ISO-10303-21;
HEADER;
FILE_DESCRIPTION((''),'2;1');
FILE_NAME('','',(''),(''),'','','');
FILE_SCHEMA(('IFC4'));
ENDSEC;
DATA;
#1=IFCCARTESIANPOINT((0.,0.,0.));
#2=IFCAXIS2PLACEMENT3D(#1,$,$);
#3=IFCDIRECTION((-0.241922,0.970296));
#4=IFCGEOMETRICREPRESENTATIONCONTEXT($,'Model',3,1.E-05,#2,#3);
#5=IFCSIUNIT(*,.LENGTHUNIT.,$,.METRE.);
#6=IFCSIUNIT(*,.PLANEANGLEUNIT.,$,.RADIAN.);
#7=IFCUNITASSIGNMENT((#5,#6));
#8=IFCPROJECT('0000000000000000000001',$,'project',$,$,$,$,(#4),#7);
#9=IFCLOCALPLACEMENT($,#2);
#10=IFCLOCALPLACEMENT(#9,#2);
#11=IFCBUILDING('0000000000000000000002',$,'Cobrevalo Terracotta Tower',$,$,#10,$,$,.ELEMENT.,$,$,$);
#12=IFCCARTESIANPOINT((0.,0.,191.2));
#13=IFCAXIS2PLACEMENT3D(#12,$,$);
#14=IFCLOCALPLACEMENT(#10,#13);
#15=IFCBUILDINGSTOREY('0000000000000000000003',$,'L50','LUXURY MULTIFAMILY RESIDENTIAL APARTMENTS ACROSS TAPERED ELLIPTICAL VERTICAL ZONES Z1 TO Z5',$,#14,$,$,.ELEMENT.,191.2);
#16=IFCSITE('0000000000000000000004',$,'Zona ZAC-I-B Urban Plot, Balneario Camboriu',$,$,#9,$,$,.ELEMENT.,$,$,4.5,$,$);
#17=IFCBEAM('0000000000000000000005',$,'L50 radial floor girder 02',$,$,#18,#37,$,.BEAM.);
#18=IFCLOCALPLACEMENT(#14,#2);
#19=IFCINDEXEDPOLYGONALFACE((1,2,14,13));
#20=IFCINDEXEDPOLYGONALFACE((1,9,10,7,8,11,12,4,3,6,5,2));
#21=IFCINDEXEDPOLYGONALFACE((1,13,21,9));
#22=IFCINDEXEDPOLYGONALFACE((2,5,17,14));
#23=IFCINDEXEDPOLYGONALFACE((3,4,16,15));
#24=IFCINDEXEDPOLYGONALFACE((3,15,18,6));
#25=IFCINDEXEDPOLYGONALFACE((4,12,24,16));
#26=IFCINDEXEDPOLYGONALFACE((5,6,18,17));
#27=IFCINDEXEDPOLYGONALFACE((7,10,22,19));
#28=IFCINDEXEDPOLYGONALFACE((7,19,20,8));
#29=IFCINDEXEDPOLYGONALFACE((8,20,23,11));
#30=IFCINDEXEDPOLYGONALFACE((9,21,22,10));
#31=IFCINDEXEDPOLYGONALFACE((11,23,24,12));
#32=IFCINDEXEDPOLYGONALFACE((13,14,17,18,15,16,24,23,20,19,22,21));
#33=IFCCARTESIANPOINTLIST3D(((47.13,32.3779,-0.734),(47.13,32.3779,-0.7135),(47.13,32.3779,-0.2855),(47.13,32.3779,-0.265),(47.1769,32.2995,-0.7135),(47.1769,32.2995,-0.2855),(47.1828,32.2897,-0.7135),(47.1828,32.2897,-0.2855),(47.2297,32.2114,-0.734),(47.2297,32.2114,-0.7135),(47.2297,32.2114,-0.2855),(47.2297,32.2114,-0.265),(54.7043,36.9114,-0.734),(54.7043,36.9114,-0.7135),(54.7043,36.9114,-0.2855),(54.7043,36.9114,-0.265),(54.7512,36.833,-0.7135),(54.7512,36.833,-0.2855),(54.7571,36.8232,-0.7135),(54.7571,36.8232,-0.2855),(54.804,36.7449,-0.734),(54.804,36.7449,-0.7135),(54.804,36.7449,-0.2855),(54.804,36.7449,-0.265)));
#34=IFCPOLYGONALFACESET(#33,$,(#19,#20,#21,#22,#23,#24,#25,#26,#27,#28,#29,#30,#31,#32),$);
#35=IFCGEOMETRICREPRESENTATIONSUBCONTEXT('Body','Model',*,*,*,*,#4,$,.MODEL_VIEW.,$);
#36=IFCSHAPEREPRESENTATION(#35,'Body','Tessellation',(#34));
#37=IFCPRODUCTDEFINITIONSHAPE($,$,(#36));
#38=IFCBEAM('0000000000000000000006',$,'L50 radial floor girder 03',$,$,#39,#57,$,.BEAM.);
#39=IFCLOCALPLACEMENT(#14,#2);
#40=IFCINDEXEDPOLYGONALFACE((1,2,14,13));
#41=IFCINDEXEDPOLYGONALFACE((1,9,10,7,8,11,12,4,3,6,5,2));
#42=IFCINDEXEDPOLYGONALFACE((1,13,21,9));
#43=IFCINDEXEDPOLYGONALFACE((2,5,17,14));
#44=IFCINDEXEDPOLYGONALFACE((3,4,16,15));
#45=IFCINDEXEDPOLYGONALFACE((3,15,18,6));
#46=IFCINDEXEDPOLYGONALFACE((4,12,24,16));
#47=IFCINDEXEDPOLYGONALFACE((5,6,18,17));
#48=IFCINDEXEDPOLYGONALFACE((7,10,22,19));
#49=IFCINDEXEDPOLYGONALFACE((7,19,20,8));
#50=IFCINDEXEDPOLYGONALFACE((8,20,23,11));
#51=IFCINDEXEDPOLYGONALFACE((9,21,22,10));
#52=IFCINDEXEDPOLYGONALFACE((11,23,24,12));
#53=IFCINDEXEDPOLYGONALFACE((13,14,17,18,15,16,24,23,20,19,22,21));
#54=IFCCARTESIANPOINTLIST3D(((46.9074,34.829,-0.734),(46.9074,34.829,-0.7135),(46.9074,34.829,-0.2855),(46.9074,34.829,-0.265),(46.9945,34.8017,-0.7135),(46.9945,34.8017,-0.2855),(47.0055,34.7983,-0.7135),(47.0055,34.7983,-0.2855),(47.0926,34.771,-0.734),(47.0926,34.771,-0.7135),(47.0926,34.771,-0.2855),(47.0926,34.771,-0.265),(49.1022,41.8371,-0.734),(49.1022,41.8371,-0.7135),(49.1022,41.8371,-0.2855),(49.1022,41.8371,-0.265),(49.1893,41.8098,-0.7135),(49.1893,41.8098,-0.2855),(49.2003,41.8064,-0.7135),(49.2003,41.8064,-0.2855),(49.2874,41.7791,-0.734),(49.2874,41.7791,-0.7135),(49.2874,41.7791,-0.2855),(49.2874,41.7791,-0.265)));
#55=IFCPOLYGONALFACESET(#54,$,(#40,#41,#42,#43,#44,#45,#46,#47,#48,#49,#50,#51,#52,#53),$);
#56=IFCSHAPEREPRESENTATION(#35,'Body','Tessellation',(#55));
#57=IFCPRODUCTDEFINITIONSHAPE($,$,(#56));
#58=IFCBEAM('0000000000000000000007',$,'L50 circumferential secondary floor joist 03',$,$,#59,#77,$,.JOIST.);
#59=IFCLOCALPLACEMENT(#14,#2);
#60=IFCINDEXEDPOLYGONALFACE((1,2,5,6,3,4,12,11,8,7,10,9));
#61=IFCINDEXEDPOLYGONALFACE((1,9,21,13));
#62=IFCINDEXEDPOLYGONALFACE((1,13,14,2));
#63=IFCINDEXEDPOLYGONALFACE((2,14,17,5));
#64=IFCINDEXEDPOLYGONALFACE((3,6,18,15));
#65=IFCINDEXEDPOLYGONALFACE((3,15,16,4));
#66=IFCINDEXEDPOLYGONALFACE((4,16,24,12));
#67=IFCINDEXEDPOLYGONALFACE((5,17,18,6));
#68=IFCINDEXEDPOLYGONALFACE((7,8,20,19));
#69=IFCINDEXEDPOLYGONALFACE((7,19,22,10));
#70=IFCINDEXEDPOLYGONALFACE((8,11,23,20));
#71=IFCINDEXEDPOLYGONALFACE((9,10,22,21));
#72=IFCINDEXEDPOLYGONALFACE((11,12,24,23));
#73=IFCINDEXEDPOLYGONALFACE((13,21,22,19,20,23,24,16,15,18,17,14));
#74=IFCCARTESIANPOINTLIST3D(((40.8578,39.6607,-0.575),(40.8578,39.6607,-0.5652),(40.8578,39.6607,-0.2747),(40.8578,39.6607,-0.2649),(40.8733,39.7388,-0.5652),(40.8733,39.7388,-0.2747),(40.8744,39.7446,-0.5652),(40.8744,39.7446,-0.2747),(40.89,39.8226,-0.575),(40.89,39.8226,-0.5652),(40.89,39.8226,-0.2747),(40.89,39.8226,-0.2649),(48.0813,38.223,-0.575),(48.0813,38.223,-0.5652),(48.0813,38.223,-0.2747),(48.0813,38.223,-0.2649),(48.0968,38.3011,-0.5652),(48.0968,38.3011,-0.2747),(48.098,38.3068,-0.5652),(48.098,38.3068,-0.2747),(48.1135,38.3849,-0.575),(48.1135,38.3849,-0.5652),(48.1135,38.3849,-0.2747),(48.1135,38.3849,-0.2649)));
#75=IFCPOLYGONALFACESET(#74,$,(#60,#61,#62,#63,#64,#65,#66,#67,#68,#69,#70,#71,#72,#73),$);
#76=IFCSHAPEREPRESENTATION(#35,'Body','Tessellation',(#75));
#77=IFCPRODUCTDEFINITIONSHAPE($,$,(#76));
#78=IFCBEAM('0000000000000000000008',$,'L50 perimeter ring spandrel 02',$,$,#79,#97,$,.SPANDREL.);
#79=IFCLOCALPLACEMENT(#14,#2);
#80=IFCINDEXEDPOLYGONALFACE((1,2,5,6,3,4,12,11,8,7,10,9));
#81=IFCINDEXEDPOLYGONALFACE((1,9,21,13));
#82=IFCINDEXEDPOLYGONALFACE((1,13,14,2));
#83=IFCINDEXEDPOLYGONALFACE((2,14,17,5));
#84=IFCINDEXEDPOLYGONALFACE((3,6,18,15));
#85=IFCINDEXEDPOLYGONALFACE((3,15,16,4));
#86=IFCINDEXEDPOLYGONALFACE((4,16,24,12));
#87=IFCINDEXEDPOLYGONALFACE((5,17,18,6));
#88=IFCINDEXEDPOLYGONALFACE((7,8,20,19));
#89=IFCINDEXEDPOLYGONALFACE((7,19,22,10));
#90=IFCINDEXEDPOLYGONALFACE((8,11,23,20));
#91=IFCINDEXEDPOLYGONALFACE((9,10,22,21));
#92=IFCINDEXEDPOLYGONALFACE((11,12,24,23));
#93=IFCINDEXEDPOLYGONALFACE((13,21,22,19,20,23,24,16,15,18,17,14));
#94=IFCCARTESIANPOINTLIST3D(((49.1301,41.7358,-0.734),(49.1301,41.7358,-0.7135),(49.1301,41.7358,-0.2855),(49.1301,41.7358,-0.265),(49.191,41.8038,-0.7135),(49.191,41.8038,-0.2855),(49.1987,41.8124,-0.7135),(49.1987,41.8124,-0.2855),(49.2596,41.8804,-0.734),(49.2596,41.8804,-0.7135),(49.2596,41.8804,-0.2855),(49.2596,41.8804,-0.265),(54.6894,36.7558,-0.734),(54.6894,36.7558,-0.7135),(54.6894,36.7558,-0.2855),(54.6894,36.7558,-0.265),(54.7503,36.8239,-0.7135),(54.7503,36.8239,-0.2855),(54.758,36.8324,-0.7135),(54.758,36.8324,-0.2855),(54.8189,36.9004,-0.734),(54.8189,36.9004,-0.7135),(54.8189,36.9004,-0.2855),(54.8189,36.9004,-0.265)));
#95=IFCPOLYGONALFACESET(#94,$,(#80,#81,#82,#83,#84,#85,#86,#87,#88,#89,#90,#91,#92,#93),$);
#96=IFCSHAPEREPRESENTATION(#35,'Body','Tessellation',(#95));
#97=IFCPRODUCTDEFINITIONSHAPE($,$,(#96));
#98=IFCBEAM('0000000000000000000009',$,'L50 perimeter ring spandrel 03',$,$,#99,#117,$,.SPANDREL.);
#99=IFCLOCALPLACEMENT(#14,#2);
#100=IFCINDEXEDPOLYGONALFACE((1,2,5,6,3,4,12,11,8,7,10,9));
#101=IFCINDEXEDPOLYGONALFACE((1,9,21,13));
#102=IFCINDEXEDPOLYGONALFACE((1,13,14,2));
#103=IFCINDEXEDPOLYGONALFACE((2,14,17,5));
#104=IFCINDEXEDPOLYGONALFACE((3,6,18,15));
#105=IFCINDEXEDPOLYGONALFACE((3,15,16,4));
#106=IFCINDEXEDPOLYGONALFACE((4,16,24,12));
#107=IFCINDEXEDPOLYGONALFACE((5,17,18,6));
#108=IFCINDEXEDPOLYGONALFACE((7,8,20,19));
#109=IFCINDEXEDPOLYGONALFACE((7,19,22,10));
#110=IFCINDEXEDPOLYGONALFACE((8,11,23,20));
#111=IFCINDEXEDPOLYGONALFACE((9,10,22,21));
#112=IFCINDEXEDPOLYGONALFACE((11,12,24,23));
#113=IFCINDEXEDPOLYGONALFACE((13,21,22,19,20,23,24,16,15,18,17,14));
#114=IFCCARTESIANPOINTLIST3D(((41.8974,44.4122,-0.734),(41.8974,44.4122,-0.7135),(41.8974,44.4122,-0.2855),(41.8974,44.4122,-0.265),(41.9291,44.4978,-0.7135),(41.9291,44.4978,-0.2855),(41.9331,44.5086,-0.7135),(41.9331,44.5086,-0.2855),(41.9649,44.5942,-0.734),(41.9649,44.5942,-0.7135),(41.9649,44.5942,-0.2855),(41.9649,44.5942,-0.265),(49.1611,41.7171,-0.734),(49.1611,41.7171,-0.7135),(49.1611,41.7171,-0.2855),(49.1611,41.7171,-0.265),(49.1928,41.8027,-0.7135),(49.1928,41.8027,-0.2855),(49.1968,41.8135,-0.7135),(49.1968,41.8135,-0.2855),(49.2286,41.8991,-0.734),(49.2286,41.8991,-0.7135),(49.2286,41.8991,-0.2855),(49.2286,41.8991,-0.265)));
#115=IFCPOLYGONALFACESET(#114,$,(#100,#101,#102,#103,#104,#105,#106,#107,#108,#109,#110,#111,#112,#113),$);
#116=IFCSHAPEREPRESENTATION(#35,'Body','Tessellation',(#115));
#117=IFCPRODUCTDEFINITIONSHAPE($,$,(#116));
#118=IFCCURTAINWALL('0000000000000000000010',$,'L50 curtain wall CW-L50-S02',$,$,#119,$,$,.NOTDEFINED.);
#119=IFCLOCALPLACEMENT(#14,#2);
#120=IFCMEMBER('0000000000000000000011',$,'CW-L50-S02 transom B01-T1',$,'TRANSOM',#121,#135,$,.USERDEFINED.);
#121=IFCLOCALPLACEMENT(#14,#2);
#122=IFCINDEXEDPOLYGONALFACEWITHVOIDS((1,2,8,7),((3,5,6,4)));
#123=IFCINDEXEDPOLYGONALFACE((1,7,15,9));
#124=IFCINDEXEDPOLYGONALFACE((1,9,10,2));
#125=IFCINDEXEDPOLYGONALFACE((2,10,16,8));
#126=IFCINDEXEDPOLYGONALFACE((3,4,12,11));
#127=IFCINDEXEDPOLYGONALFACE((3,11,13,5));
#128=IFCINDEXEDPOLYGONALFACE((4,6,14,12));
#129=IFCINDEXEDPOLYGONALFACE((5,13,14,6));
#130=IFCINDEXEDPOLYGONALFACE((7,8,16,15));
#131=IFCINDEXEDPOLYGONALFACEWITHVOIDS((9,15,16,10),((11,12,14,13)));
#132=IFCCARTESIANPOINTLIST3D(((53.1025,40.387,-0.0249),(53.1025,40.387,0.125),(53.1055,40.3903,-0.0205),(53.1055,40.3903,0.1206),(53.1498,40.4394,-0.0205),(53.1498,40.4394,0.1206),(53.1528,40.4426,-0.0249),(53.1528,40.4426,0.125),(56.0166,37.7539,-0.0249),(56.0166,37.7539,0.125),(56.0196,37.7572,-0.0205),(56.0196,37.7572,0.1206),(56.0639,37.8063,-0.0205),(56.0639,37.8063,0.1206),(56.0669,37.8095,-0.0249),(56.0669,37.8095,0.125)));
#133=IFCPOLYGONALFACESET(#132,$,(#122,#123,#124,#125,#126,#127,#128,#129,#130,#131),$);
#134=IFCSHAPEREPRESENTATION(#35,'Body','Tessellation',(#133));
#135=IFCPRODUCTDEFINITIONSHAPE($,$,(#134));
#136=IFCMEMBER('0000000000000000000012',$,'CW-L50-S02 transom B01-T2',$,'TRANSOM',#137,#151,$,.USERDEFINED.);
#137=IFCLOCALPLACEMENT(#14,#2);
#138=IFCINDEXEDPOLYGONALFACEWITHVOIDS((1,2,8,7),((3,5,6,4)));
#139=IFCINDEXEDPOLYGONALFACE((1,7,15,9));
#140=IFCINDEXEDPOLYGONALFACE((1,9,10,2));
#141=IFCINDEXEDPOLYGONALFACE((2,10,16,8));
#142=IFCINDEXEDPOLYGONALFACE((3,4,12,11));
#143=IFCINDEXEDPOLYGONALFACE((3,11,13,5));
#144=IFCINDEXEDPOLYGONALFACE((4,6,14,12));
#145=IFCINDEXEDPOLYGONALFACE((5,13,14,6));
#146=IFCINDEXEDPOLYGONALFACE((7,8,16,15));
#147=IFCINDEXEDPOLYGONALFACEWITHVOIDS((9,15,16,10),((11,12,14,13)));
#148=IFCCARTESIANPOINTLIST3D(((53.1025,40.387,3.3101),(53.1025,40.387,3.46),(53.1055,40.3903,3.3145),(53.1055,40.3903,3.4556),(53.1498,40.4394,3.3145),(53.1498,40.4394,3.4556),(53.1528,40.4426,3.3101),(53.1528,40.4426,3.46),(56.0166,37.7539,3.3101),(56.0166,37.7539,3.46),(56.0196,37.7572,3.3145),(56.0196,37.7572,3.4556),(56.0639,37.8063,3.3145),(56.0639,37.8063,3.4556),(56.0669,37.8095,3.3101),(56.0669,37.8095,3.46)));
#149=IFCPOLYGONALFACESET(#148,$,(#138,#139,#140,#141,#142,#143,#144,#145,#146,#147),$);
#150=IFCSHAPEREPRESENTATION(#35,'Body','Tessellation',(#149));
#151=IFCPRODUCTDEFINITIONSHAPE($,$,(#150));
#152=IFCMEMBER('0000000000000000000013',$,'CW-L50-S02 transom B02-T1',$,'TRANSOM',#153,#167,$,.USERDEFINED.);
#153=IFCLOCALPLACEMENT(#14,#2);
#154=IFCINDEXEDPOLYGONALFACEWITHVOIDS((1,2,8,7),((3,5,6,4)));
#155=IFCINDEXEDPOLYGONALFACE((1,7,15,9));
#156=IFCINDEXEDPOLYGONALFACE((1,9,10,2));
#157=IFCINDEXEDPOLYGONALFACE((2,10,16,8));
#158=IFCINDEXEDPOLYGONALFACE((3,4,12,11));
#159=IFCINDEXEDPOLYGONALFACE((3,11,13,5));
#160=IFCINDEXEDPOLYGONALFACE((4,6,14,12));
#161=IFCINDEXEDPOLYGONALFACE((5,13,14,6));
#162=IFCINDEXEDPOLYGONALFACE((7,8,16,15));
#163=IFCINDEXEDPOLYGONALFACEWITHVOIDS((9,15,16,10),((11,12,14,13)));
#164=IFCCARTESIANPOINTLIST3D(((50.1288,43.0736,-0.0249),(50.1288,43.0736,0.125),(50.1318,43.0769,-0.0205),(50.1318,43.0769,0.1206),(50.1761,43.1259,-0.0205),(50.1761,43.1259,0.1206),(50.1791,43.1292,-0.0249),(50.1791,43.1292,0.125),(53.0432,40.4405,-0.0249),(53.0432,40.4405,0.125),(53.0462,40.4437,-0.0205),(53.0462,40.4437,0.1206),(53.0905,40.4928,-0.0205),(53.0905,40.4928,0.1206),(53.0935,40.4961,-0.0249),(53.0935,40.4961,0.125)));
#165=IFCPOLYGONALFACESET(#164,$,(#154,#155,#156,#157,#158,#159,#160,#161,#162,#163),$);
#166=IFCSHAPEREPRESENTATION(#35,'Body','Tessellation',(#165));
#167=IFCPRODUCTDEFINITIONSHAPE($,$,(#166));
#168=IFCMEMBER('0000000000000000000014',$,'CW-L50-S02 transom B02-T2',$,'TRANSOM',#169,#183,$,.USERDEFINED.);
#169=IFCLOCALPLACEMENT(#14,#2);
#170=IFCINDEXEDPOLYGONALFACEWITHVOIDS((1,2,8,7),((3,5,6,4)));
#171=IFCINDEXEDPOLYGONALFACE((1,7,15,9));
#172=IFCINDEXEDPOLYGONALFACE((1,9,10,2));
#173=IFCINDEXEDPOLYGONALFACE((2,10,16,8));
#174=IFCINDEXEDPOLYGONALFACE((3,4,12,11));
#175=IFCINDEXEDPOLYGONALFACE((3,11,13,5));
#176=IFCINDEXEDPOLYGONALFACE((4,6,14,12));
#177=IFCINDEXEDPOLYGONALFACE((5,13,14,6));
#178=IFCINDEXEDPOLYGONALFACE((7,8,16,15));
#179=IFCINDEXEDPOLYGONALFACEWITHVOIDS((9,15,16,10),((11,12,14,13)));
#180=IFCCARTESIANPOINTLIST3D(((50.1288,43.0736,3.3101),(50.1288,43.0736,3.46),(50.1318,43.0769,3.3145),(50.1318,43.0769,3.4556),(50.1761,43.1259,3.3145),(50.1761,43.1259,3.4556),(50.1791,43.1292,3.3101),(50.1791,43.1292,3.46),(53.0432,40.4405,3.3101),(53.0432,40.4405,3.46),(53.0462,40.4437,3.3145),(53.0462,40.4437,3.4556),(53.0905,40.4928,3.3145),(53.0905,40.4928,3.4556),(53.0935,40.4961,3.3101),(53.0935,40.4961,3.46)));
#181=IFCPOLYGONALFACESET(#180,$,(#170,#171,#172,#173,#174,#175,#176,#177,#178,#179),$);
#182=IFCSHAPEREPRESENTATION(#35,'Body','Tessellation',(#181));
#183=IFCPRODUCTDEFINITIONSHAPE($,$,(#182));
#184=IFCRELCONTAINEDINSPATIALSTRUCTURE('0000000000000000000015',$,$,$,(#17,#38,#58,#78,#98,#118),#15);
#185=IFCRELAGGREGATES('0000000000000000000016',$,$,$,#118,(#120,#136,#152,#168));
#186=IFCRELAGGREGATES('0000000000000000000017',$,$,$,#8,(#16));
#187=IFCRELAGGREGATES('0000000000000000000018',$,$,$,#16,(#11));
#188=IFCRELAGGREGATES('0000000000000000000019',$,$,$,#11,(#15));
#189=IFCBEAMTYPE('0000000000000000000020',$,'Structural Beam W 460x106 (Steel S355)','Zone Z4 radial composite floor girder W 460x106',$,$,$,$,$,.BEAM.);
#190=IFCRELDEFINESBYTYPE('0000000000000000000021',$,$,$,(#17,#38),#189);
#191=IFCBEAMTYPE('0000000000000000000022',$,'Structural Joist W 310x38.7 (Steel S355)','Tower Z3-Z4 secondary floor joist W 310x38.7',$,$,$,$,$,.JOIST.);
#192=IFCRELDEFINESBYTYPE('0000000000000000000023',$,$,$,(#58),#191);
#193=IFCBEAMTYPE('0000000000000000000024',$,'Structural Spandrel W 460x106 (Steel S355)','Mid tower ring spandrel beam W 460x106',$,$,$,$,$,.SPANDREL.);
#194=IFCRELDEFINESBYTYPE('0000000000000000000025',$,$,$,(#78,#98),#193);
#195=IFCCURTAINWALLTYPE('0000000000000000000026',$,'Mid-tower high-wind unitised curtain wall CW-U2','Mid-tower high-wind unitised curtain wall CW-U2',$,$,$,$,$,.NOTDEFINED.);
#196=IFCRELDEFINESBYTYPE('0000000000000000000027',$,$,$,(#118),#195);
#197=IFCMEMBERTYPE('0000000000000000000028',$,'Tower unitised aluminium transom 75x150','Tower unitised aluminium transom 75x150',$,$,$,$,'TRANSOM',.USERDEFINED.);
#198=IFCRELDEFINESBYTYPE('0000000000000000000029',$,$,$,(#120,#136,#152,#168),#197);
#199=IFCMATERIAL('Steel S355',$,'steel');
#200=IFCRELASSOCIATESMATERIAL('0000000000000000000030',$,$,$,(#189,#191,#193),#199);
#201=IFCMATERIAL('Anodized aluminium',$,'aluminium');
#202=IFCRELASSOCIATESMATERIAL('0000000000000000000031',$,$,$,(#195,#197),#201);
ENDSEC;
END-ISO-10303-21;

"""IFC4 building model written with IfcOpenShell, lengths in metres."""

from ifc_helpers import new_model, si_unit, direction, frame, origin, origin_2d, place, context, subcontext, project, spatial, hollow_rectangle, i_section, extrude, source, transform, mapped, material, material_profile, profile_set, type_object, element, aggregate, save


model = new_model("IFC4")

# Units and contexts
model_context = context("Model", 3, precision=1e-05, world=origin(), true_north=direction((-0.241922, 0.970296)))
body_context = subcontext(model_context, "Body", "Model", "MODEL_VIEW")
ifc_project = project(units=[si_unit("LENGTHUNIT", "METRE"), si_unit("PLANEANGLEUNIT", "RADIAN")], contexts=[model_context])

# Site, building, storey
site_placement = place(None, origin())
site = spatial("IfcSite", under=ifc_project, at=site_placement, Name="Zona ZAC-I-B Urban Plot, Balneario Camboriu", CompositionType="ELEMENT", RefElevation=4.5)
building_placement = place(site_placement, origin())
building = spatial("IfcBuilding", under=site, at=building_placement, Name="Cobrevalo Terracotta Tower", CompositionType="ELEMENT")
storey_placement = place(building_placement, frame((0.0, 0.0, 191.2)))
storey = spatial("IfcBuildingStorey", under=building, at=storey_placement, Name="L50", Description="LUXURY MULTIFAMILY RESIDENTIAL APARTMENTS ACROSS TAPERED ELLIPTICAL VERTICAL ZONES Z1 TO Z5", CompositionType="ELEMENT", Elevation=191.2)

# Shared definitions
ifc_material_1 = material(Name="Steel S355", Category="steel")

# Beams
ifc_material_profile_1 = material_profile(ifc_material_1, i_section(OverallWidth=0.1941, OverallDepth=0.469, WebThickness=0.0115, FlangeThickness=0.0205, at=origin_2d()), Name="W 460x106")
ifc_profile_set_1 = profile_set([ifc_material_profile_1], Name="Steel S355")
beam_type_1 = type_object("IfcBeamType", Name="Structural Beam W 460x106 (Steel S355)", Description="Zone Z4 radial composite floor girder W 460x106", PredefinedType="BEAM", material=ifc_profile_set_1)
beam_1_placement = place(storey_placement, frame((54.7542, 36.8281, -0.4995), z_axis=(-0.858046, -0.513572, 0.0), x_axis=(0.513572, -0.858046, 0.0)))
element("IfcBeam", 1, at=beam_1_placement, inside=storey, type_object=beam_type_1, Name="L50 radial floor girder 02", PredefinedType="BEAM", context=body_context, shape_type="SweptSolid", body=[
    extrude(i_section(OverallWidth=0.1941, OverallDepth=0.469, WebThickness=0.0115, FlangeThickness=0.0205, at=origin_2d()), origin(), (0.0, 0.0, 1.0), 8.8274),
])
beam_2_placement = place(storey_placement, frame((49.1948, 41.8081, -0.4995), z_axis=(-0.298871, -0.954293, 0.0), x_axis=(0.954293, -0.298871, 0.0)))
element("IfcBeam", 2, at=beam_2_placement, inside=storey, type_object=beam_type_1, Name="L50 radial floor girder 03", PredefinedType="BEAM", context=body_context, shape_type="SweptSolid", body=[
    extrude(i_section(OverallWidth=0.1941, OverallDepth=0.469, WebThickness=0.0115, FlangeThickness=0.0205, at=origin_2d()), origin(), (0.0, 0.0, 1.0), 7.3438),
])
ifc_material_profile_2 = material_profile(ifc_material_1, i_section(OverallWidth=0.165, OverallDepth=0.3101, WebThickness=0.0059, FlangeThickness=0.0098, at=origin_2d()), Name="W 310x38.7")
ifc_profile_set_2 = profile_set([ifc_material_profile_2], Name="Steel S355")
beam_type_2 = type_object("IfcBeamType", Name="Structural Joist W 310x38.7 (Steel S355)", Description="Tower Z3-Z4 secondary floor joist W 310x38.7", PredefinedType="JOIST", material=ifc_profile_set_2)
beam_3_placement = place(storey_placement, frame((48.0974, 38.304, -0.4199), z_axis=(-0.980763, 0.195204, 0.0), x_axis=(-0.195204, -0.980763, 0.0)))
element("IfcBeam", 3, at=beam_3_placement, inside=storey, type_object=beam_type_2, Name="L50 circumferential secondary floor joist 03", PredefinedType="JOIST", context=body_context, shape_type="SweptSolid", body=[
    extrude(i_section(OverallWidth=0.165, OverallDepth=0.3101, WebThickness=0.0059, FlangeThickness=0.0098, at=origin_2d()), origin(), (0.0, 0.0, 1.0), 7.3652),
])
ifc_material_profile_3 = material_profile(ifc_material_1, i_section(OverallWidth=0.1941, OverallDepth=0.469, WebThickness=0.0115, FlangeThickness=0.0205, at=origin_2d()), Name="W 460x106")
ifc_profile_set_3 = profile_set([ifc_material_profile_3], Name="Steel S355")
beam_type_3 = type_object("IfcBeamType", Name="Structural Spandrel W 460x106 (Steel S355)", Description="Mid tower ring spandrel beam W 460x106", PredefinedType="SPANDREL", material=ifc_profile_set_3)
beam_4_placement = place(storey_placement, frame((54.7542, 36.8281, -0.4995), z_axis=(-0.744852, 0.66723, 0.0), x_axis=(-0.66723, -0.744852, 0.0)))
element("IfcBeam", 4, at=beam_4_placement, inside=storey, type_object=beam_type_3, Name="L50 perimeter ring spandrel 02", PredefinedType="SPANDREL", context=body_context, shape_type="SweptSolid", body=[
    extrude(i_section(OverallWidth=0.1941, OverallDepth=0.469, WebThickness=0.0115, FlangeThickness=0.0205, at=origin_2d()), origin(), (0.0, 0.0, 1.0), 7.4636),
])
beam_5_placement = place(storey_placement, frame((49.1948, 41.8081, -0.4995), z_axis=(-0.937546, 0.347861, 0.0), x_axis=(-0.347861, -0.937546, 0.0)))
element("IfcBeam", 5, at=beam_5_placement, inside=storey, type_object=beam_type_3, Name="L50 perimeter ring spandrel 03", PredefinedType="SPANDREL", context=body_context, shape_type="SweptSolid", body=[
    extrude(i_section(OverallWidth=0.1941, OverallDepth=0.469, WebThickness=0.0115, FlangeThickness=0.0205, at=origin_2d()), origin(), (0.0, 0.0, 1.0), 7.7476),
])

# Curtain wall, members
ifc_material_2 = material(Name="Anodized aluminium", Category="aluminium")
curtain_wall_type = type_object("IfcCurtainWallType", Name="Mid-tower high-wind unitised curtain wall CW-U2", Description="Mid-tower high-wind unitised curtain wall CW-U2", PredefinedType="NOTDEFINED", material=ifc_material_2)
curtain_wall_placement = place(storey_placement, origin())
curtain_wall = element("IfcCurtainWall", 6, at=curtain_wall_placement, inside=storey, type_object=curtain_wall_type, Name="L50 curtain wall CW-L50-S02", PredefinedType="NOTDEFINED")
ifc_material_profile_4 = material_profile(ifc_material_2, hollow_rectangle(XDim=0.075, YDim=0.1499, WallThickness=0.0044, at=origin_2d()), Name="CWT 75x150")
ifc_profile_set_4 = profile_set([ifc_material_profile_4], Name="Anodized aluminium")
member_type_1 = type_object("IfcMemberType", Name="Tower unitised aluminium transom 75x150", Description="Tower unitised aluminium transom 75x150", ElementType="TRANSOM", PredefinedType="USERDEFINED", material=ifc_profile_set_4)
shared_shape_1 = source(origin(), body_context, "Body", "SweptSolid", [
    extrude(hollow_rectangle(XDim=0.075, YDim=0.1499, WallThickness=0.0044, at=origin_2d()), origin(), (0.0, 0.0, 1.0), 3.9275),
])
member_1_placement = place(storey_placement, frame((56.0417, 37.7817, 0.05), z_axis=(-0.741976, 0.670426, 0.0), x_axis=(-0.670426, -0.741976, 0.0)))
member_1 = element("IfcMember", 7, at=member_1_placement, type_object=member_type_1, Name="CW-L50-S02 transom B01-T1", ObjectType="TRANSOM", PredefinedType="USERDEFINED", context=body_context, shape_type="MappedRepresentation", body=[
    mapped(shared_shape_1, transform((0.0, 0.0, 0.0), scale=1.0)),
])
member_2_placement = place(storey_placement, frame((56.0417, 37.7817, 3.385), z_axis=(-0.741976, 0.670426, 0.0), x_axis=(-0.670426, -0.741976, 0.0)))
member_2 = element("IfcMember", 8, at=member_2_placement, type_object=member_type_1, Name="CW-L50-S02 transom B01-T2", ObjectType="TRANSOM", PredefinedType="USERDEFINED", context=body_context, shape_type="MappedRepresentation", body=[
    mapped(shared_shape_1, transform((0.0, 0.0, 0.0), scale=1.0)),
])
shared_shape_2 = source(origin(), body_context, "Body", "SweptSolid", [
    extrude(hollow_rectangle(XDim=0.075, YDim=0.1499, WallThickness=0.0044, at=origin_2d()), origin(), (0.0, 0.0, 1.0), 3.9277),
])
member_3_placement = place(storey_placement, frame((53.0684, 40.4683, 0.05), z_axis=(-0.742004, 0.670396, 0.0), x_axis=(-0.670396, -0.742004, 0.0)))
member_3 = element("IfcMember", 9, at=member_3_placement, type_object=member_type_1, Name="CW-L50-S02 transom B02-T1", ObjectType="TRANSOM", PredefinedType="USERDEFINED", context=body_context, shape_type="MappedRepresentation", body=[
    mapped(shared_shape_2, transform((0.0, 0.0, 0.0), scale=1.0)),
])
member_4_placement = place(storey_placement, frame((53.0684, 40.4683, 3.385), z_axis=(-0.742004, 0.670396, 0.0), x_axis=(-0.670396, -0.742004, 0.0)))
member_4 = element("IfcMember", 10, at=member_4_placement, type_object=member_type_1, Name="CW-L50-S02 transom B02-T2", ObjectType="TRANSOM", PredefinedType="USERDEFINED", context=body_context, shape_type="MappedRepresentation", body=[
    mapped(shared_shape_2, transform((0.0, 0.0, 0.0), scale=1.0)),
])
aggregate(curtain_wall, [member_1, member_2, member_3, member_4])

save(model, "model.ifc")
